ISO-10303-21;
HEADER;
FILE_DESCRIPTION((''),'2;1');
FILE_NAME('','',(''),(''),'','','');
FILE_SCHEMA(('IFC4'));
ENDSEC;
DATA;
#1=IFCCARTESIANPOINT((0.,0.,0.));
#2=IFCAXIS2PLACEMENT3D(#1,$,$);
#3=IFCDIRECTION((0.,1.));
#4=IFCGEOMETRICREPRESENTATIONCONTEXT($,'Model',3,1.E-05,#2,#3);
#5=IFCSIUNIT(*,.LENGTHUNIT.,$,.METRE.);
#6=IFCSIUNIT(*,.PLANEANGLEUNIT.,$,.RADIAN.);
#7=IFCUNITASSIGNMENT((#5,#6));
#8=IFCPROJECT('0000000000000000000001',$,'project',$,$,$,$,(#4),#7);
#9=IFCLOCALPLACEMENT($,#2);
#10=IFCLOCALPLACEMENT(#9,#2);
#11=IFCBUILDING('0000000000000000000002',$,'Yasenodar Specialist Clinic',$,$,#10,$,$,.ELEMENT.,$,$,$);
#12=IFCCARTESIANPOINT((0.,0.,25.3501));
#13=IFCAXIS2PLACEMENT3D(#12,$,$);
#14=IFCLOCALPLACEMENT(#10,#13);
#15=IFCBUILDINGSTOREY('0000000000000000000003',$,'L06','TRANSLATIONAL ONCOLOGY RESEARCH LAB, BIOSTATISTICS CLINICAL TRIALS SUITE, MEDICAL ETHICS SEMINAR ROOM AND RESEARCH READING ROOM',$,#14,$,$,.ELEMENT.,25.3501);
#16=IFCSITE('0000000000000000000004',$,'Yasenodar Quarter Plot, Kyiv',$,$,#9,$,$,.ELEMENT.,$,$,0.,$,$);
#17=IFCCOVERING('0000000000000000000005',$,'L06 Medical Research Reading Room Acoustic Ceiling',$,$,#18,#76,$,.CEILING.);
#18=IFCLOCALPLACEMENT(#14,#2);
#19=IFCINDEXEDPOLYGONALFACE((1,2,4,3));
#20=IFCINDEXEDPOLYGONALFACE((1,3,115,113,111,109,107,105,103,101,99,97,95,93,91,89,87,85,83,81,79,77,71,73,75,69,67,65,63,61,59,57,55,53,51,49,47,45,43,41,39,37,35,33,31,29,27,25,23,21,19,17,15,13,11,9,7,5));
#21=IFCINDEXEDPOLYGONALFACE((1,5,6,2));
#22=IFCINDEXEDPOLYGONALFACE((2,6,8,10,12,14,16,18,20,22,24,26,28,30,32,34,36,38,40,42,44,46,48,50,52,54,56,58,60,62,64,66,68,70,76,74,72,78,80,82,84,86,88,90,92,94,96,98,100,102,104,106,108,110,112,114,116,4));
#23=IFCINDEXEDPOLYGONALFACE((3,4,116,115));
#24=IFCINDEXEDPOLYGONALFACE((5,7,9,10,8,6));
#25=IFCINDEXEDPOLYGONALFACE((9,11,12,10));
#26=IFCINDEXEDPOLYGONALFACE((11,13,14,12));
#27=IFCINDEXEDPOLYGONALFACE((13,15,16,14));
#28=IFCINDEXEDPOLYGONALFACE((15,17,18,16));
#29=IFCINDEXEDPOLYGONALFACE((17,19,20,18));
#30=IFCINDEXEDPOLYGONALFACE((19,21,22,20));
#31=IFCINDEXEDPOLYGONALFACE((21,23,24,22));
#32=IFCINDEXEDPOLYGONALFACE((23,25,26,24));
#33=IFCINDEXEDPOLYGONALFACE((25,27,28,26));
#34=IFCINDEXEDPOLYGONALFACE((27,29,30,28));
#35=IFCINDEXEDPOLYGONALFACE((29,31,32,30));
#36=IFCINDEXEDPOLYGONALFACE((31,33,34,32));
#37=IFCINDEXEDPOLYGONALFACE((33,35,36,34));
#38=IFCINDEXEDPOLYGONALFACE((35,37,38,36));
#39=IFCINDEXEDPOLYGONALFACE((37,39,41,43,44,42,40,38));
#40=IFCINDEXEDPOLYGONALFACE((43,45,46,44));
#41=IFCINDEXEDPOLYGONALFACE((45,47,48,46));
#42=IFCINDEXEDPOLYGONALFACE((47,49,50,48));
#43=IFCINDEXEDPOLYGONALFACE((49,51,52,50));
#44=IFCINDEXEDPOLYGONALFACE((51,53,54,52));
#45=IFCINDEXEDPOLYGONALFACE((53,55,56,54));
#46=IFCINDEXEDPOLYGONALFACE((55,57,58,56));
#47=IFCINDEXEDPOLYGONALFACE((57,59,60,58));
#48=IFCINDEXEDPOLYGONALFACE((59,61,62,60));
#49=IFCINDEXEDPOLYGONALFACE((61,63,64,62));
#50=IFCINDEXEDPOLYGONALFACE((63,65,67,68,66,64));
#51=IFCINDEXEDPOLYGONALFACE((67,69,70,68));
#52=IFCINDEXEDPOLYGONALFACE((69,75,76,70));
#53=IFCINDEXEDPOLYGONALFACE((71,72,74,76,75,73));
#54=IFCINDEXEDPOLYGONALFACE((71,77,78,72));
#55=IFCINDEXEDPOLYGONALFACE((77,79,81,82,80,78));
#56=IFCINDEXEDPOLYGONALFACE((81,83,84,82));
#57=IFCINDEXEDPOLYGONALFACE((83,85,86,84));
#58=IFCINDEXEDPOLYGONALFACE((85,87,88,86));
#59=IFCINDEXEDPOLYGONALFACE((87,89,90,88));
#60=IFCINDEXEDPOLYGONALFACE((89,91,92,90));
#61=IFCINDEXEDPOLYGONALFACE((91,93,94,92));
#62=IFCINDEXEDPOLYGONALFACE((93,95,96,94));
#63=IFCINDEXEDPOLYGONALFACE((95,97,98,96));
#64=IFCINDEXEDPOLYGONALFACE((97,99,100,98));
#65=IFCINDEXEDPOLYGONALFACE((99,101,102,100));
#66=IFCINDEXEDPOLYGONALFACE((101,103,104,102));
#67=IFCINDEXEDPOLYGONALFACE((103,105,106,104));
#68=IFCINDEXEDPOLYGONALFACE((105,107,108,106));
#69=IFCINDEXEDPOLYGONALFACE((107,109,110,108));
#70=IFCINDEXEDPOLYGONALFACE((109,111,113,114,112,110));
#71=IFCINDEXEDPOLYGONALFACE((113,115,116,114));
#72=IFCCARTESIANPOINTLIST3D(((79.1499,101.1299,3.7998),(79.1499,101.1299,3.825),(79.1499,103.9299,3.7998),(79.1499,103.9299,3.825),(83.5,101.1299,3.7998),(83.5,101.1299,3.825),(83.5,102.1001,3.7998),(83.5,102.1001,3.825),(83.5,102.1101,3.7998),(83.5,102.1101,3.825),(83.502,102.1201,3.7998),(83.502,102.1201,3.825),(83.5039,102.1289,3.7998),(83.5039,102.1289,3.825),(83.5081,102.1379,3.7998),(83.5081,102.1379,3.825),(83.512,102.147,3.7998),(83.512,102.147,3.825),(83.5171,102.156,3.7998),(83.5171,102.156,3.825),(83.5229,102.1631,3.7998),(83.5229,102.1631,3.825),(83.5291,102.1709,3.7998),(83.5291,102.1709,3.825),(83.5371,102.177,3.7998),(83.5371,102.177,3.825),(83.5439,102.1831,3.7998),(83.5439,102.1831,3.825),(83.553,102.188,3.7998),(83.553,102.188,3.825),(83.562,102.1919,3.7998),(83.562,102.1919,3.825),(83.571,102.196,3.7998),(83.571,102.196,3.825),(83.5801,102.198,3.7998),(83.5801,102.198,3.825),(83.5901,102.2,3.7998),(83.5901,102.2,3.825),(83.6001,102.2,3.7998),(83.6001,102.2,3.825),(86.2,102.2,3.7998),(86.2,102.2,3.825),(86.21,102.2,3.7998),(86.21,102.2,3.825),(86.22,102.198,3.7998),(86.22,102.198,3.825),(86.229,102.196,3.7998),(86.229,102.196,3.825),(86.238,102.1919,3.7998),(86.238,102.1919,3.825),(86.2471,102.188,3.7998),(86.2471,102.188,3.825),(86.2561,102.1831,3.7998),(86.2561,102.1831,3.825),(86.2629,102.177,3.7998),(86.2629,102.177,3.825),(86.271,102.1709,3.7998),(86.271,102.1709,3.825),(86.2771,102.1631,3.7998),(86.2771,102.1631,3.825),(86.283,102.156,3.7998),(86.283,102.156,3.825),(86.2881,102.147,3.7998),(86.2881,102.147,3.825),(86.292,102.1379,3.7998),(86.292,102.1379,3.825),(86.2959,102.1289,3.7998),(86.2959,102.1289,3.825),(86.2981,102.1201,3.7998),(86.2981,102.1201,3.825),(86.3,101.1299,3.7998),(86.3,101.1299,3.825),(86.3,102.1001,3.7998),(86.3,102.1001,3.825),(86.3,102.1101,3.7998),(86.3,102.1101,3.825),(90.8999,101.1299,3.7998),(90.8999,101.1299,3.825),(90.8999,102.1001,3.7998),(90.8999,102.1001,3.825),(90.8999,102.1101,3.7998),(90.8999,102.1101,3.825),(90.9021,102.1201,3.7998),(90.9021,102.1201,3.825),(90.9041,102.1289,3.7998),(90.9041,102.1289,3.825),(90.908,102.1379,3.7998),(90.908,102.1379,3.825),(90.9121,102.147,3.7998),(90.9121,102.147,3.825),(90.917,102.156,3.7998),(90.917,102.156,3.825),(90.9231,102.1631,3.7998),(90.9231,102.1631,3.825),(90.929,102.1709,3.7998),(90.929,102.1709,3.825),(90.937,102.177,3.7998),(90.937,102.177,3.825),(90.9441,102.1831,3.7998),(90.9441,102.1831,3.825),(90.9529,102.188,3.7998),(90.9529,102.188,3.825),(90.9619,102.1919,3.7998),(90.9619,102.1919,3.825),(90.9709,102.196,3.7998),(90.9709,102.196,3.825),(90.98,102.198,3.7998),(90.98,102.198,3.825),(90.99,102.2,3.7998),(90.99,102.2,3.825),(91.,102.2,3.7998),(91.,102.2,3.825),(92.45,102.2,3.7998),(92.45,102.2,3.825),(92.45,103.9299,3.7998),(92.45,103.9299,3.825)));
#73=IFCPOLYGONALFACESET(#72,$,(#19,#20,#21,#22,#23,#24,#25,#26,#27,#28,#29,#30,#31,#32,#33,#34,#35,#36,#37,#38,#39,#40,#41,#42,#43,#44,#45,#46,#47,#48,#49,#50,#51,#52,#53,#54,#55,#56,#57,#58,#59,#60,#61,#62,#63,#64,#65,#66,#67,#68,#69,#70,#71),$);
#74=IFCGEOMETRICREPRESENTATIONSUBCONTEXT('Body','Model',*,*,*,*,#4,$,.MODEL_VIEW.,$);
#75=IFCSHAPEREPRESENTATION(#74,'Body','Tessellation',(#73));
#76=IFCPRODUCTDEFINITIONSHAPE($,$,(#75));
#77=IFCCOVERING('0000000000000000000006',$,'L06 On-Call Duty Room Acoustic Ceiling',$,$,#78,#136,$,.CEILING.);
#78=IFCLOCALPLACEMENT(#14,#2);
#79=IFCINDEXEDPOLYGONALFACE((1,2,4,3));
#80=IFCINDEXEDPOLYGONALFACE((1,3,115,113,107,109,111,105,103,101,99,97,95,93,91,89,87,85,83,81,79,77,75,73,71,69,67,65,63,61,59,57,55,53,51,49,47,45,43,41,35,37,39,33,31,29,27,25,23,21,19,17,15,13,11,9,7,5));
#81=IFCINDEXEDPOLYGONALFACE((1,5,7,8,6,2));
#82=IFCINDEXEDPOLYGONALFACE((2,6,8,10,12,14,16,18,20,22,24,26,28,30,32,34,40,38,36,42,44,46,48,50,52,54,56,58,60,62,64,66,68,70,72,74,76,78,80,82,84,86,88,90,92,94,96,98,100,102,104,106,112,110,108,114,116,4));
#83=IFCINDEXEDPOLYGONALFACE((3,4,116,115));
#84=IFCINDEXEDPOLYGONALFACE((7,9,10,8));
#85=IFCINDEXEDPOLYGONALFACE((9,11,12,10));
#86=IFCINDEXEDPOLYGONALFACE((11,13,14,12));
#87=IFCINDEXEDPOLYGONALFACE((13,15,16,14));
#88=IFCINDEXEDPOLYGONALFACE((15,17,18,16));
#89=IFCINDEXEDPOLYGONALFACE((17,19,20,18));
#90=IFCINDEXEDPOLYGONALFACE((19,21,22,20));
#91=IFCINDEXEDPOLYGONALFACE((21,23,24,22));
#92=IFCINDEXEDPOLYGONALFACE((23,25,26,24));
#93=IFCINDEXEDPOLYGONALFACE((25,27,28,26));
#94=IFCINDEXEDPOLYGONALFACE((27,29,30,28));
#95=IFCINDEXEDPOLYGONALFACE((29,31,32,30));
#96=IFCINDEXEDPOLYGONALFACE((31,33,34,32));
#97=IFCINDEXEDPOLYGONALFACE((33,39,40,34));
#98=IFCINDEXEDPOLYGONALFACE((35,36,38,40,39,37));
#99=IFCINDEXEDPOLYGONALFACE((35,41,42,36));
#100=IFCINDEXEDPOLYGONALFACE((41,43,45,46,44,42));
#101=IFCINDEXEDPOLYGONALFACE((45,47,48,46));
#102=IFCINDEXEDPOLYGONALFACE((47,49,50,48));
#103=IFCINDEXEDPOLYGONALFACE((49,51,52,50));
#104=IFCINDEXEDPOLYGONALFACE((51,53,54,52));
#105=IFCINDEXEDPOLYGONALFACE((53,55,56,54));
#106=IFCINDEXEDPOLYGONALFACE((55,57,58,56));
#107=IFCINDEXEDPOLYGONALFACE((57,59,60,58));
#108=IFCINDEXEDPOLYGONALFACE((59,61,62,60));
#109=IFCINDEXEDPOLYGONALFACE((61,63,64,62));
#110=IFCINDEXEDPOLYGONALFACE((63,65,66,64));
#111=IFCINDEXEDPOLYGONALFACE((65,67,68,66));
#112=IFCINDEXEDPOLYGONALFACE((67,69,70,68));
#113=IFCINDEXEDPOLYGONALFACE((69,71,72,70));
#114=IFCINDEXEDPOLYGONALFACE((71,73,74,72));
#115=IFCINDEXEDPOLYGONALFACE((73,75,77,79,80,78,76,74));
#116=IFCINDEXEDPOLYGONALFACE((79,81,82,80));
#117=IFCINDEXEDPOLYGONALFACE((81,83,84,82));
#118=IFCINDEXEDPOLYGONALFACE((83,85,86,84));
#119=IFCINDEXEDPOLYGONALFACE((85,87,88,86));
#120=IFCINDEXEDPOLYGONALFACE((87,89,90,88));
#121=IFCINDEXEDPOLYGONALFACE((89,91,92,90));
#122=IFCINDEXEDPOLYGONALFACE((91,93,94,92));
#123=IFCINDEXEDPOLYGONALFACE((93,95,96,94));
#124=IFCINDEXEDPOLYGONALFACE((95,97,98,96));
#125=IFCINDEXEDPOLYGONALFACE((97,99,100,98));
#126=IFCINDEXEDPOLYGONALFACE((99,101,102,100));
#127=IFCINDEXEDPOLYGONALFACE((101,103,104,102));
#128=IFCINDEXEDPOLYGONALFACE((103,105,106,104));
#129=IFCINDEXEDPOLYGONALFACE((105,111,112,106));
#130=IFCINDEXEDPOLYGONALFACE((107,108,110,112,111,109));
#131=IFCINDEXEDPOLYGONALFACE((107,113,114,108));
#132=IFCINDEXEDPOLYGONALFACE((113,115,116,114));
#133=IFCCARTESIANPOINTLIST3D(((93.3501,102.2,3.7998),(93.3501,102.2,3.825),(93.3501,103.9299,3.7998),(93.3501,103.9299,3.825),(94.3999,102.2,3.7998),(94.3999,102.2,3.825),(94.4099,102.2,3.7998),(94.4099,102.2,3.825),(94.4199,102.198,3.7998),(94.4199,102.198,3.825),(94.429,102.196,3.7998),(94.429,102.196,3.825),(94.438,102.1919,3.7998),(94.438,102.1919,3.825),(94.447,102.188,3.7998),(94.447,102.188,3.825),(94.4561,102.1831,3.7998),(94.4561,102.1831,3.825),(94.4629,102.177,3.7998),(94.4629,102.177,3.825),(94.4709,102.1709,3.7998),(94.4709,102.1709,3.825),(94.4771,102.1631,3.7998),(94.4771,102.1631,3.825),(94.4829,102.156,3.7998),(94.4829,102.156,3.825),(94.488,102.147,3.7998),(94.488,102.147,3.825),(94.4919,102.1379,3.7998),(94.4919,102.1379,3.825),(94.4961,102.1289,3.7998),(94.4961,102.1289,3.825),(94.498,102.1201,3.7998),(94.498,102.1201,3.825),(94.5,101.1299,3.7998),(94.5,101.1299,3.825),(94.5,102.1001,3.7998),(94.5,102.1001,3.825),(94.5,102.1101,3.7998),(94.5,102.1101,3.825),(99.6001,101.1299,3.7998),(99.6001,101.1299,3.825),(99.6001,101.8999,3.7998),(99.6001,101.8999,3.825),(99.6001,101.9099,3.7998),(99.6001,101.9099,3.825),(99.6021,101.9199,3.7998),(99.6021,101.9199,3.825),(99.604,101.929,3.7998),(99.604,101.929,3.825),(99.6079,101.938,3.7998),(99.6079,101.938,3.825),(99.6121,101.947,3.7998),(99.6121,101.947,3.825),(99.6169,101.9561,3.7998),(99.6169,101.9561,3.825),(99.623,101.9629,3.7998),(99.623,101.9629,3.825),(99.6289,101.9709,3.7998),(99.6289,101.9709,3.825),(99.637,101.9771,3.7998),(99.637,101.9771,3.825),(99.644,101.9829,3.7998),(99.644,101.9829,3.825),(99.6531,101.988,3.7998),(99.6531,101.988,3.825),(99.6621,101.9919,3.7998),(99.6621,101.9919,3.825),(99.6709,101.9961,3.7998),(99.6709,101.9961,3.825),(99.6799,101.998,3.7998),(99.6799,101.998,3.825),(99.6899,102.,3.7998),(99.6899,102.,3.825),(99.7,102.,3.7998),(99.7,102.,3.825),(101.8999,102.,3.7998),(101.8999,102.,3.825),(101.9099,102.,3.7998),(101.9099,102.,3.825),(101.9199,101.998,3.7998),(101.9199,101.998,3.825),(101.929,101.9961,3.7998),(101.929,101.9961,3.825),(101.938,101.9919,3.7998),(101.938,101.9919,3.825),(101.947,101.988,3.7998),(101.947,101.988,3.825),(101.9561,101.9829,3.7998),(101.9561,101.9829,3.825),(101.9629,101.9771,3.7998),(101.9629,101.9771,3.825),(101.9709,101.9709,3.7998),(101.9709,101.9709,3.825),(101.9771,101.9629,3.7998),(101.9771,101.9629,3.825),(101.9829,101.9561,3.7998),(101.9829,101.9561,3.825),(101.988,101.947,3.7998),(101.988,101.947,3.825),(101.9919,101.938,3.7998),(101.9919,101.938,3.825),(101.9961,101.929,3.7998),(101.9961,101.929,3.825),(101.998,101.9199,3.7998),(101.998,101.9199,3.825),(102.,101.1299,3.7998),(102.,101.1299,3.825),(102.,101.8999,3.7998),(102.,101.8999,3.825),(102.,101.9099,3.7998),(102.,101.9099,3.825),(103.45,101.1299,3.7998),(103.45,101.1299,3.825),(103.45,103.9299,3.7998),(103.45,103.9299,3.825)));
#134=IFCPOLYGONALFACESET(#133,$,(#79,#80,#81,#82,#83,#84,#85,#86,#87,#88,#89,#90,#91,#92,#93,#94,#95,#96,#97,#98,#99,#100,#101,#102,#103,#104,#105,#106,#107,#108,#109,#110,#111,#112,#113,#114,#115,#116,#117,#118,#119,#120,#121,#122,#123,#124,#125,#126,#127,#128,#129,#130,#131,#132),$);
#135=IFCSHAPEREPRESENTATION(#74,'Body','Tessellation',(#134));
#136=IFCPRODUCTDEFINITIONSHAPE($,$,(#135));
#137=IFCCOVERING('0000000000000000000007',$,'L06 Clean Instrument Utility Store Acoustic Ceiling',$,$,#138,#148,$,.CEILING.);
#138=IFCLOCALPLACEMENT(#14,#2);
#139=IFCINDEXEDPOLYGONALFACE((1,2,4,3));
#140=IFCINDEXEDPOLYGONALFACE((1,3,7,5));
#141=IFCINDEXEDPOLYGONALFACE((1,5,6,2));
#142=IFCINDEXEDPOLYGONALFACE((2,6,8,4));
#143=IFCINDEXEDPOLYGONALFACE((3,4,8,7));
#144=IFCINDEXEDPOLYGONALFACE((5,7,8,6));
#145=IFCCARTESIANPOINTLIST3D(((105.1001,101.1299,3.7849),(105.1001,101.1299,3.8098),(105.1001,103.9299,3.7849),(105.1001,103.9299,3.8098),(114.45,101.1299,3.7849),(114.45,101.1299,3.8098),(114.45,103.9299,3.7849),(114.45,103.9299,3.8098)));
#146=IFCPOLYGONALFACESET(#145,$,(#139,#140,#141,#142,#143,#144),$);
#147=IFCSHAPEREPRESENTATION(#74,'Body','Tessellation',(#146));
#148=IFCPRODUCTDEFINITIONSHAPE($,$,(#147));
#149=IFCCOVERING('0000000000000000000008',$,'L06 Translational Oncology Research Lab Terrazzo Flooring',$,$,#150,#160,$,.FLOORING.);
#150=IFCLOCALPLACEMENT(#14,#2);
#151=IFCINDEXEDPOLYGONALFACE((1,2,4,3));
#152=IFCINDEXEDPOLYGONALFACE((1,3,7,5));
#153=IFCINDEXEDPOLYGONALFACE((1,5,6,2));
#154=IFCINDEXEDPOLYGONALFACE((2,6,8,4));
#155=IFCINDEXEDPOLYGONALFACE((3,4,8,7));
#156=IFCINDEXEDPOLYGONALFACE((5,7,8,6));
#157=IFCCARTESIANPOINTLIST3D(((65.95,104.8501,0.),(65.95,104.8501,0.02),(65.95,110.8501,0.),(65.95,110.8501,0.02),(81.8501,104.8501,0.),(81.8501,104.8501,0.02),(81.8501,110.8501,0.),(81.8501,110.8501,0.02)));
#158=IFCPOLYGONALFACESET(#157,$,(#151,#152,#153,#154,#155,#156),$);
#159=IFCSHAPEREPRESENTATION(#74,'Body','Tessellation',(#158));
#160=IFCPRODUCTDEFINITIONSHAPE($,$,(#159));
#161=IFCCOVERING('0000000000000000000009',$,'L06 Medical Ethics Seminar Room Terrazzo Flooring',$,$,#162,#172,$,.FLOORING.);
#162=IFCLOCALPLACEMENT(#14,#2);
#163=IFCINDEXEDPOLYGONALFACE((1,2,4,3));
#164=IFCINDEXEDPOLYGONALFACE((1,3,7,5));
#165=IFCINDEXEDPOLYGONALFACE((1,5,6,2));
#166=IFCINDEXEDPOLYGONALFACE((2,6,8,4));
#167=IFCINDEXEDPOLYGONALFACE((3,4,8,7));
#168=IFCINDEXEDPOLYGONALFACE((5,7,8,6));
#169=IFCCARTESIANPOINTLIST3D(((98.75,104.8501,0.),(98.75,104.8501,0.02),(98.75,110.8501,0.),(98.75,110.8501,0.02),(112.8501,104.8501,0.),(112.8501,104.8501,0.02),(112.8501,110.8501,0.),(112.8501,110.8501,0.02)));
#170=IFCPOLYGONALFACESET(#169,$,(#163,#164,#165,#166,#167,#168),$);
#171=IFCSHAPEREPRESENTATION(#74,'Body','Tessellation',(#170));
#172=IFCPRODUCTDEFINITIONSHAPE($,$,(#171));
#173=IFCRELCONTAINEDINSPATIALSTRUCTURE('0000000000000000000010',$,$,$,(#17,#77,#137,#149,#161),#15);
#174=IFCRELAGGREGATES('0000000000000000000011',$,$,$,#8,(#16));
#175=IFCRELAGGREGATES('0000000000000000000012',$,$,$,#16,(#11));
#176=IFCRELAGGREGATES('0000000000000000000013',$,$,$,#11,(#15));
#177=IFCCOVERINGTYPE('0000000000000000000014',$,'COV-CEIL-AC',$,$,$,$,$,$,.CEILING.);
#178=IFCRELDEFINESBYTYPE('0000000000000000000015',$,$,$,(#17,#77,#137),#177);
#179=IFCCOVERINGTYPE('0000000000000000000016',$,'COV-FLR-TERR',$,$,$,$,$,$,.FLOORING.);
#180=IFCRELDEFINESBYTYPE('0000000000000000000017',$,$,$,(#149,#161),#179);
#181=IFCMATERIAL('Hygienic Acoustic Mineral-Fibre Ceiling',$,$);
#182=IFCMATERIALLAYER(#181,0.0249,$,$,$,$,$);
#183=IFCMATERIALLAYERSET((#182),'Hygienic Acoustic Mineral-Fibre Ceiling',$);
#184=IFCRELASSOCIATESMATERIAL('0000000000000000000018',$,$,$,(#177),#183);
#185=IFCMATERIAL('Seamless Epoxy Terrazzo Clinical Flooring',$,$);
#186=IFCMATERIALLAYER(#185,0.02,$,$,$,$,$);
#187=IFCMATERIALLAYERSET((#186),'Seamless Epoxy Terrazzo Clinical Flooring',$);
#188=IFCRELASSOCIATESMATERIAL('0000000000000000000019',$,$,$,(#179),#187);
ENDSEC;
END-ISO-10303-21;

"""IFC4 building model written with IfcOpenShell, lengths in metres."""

from ifc_helpers import new_model, si_unit, direction, frame, origin, place, context, subcontext, project, spatial, polyline, outline, extrude, material, layer, layer_set, type_object, element, save


model = new_model("IFC4")

# Units and contexts
model_context = context("Model", 3, precision=1e-05, world=origin(), true_north=direction((0.0, 1.0)))
body_context = subcontext(model_context, "Body", "Model", "MODEL_VIEW")
ifc_project = project(units=[si_unit("LENGTHUNIT", "METRE"), si_unit("PLANEANGLEUNIT", "RADIAN")], contexts=[model_context])

# Site, building, storey
site_placement = place(None, origin())
site = spatial("IfcSite", under=ifc_project, at=site_placement, Name="Yasenodar Quarter Plot, Kyiv", CompositionType="ELEMENT", RefElevation=0.0)
building_placement = place(site_placement, origin())
building = spatial("IfcBuilding", under=site, at=building_placement, Name="Yasenodar Specialist Clinic", CompositionType="ELEMENT")
storey_placement = place(building_placement, frame((0.0, 0.0, 25.3501)))
storey = spatial("IfcBuildingStorey", under=building, at=storey_placement, Name="L06", Description="TRANSLATIONAL ONCOLOGY RESEARCH LAB, BIOSTATISTICS CLINICAL TRIALS SUITE, MEDICAL ETHICS SEMINAR ROOM AND RESEARCH READING ROOM", CompositionType="ELEMENT", Elevation=25.3501)

# Coverings
ifc_material_1 = material(Name="Hygienic Acoustic Mineral-Fibre Ceiling")
ifc_layer_1 = layer(ifc_material_1, 0.0249)
ifc_layer_set_1 = layer_set([ifc_layer_1], Name="Hygienic Acoustic Mineral-Fibre Ceiling")
covering_type_1 = type_object("IfcCoveringType", Name="COV-CEIL-AC", PredefinedType="CEILING", material=ifc_layer_set_1)
covering_1_placement = place(storey_placement, frame((0.0, 0.0, 3.7998)))
element("IfcCovering", 1, at=covering_1_placement, inside=storey, type_object=covering_type_1, Name="L06 Medical Research Reading Room Acoustic Ceiling", PredefinedType="CEILING", context=body_context, shape_type="SweptSolid", body=[
    extrude(outline(polyline([(92.45, 103.9299), (92.45, 102.2), (91.0, 102.2), (90.99, 102.2), (90.98, 102.198), (90.9709, 102.196), (90.9619, 102.1919), (90.9529, 102.188), (90.9441, 102.1831), (90.937, 102.177), (90.929, 102.1709), (90.9231, 102.1631), (90.917, 102.156), (90.9121, 102.147), (90.908, 102.1379), (90.9041, 102.1289), (90.9021, 102.1201), (90.8999, 102.1101), (90.8999, 102.1001), (90.8999, 101.1299), (86.3, 101.1299), (86.3, 102.1001), (86.3, 102.1101), (86.2981, 102.1201), (86.2959, 102.1289), (86.292, 102.1379), (86.2881, 102.147), (86.283, 102.156), (86.2771, 102.1631), (86.271, 102.1709), (86.2629, 102.177), (86.2561, 102.1831), (86.2471, 102.188), (86.238, 102.1919), (86.229, 102.196), (86.22, 102.198), (86.21, 102.2), (86.2, 102.2), (83.6001, 102.2), (83.5901, 102.2), (83.5801, 102.198), (83.571, 102.196), (83.562, 102.1919), (83.553, 102.188), (83.5439, 102.1831), (83.5371, 102.177), (83.5291, 102.1709), (83.5229, 102.1631), (83.5171, 102.156), (83.512, 102.147), (83.5081, 102.1379), (83.5039, 102.1289), (83.502, 102.1201), (83.5, 102.1101), (83.5, 102.1001), (83.5, 101.1299), (79.1499, 101.1299), (79.1499, 103.9299), (92.45, 103.9299)])), origin(), (0.0, 0.0, 1.0), 0.0251),
])
covering_2_placement = place(storey_placement, frame((0.0, 0.0, 3.7998)))
element("IfcCovering", 2, at=covering_2_placement, inside=storey, type_object=covering_type_1, Name="L06 On-Call Duty Room Acoustic Ceiling", PredefinedType="CEILING", context=body_context, shape_type="SweptSolid", body=[
    extrude(outline(polyline([(103.45, 103.9299), (103.45, 101.1299), (102.0, 101.1299), (102.0, 101.8999), (102.0, 101.9099), (101.998, 101.9199), (101.9961, 101.929), (101.9919, 101.938), (101.988, 101.947), (101.9829, 101.9561), (101.9771, 101.9629), (101.9709, 101.9709), (101.9629, 101.9771), (101.9561, 101.9829), (101.947, 101.988), (101.938, 101.9919), (101.929, 101.9961), (101.9199, 101.998), (101.9099, 102.0), (101.8999, 102.0), (99.7, 102.0), (99.6899, 102.0), (99.6799, 101.998), (99.6709, 101.9961), (99.6621, 101.9919), (99.6531, 101.988), (99.644, 101.9829), (99.637, 101.9771), (99.6289, 101.9709), (99.623, 101.9629), (99.6169, 101.9561), (99.6121, 101.947), (99.6079, 101.938), (99.604, 101.929), (99.6021, 101.9199), (99.6001, 101.9099), (99.6001, 101.8999), (99.6001, 101.1299), (94.5, 101.1299), (94.5, 102.1001), (94.5, 102.1101), (94.498, 102.1201), (94.4961, 102.1289), (94.4919, 102.1379), (94.488, 102.147), (94.4829, 102.156), (94.4771, 102.1631), (94.4709, 102.1709), (94.4629, 102.177), (94.4561, 102.1831), (94.447, 102.188), (94.438, 102.1919), (94.429, 102.196), (94.4199, 102.198), (94.4099, 102.2), (94.3999, 102.2), (93.3501, 102.2), (93.3501, 103.9299), (103.45, 103.9299)])), origin(), (0.0, 0.0, 1.0), 0.0251),
])
covering_3_placement = place(storey_placement, frame((0.0, 0.0, 3.7849)))
element("IfcCovering", 3, at=covering_3_placement, inside=storey, type_object=covering_type_1, Name="L06 Clean Instrument Utility Store Acoustic Ceiling", PredefinedType="CEILING", context=body_context, shape_type="SweptSolid", body=[
    extrude(outline(polyline([(114.45, 103.9299), (114.45, 101.1299), (105.1001, 101.1299), (105.1001, 103.9299), (114.45, 103.9299)])), origin(), (0.0, 0.0, 1.0), 0.0249),
])
ifc_material_2 = material(Name="Seamless Epoxy Terrazzo Clinical Flooring")
ifc_layer_2 = layer(ifc_material_2, 0.02)
ifc_layer_set_2 = layer_set([ifc_layer_2], Name="Seamless Epoxy Terrazzo Clinical Flooring")
covering_type_2 = type_object("IfcCoveringType", Name="COV-FLR-TERR", PredefinedType="FLOORING", material=ifc_layer_set_2)
covering_4_placement = place(storey_placement, origin())
element("IfcCovering", 4, at=covering_4_placement, inside=storey, type_object=covering_type_2, Name="L06 Translational Oncology Research Lab Terrazzo Flooring", PredefinedType="FLOORING", context=body_context, shape_type="SweptSolid", body=[
    extrude(outline(polyline([(81.8501, 104.8501), (65.95, 104.8501), (65.95, 110.8501), (81.8501, 110.8501), (81.8501, 104.8501)])), origin(), (0.0, 0.0, 1.0), 0.02),
])
covering_5_placement = place(storey_placement, origin())
element("IfcCovering", 5, at=covering_5_placement, inside=storey, type_object=covering_type_2, Name="L06 Medical Ethics Seminar Room Terrazzo Flooring", PredefinedType="FLOORING", context=body_context, shape_type="SweptSolid", body=[
    extrude(outline(polyline([(112.8501, 104.8501), (98.75, 104.8501), (98.75, 110.8501), (112.8501, 110.8501), (112.8501, 104.8501)])), origin(), (0.0, 0.0, 1.0), 0.02),
])

save(model, "model.ifc")
